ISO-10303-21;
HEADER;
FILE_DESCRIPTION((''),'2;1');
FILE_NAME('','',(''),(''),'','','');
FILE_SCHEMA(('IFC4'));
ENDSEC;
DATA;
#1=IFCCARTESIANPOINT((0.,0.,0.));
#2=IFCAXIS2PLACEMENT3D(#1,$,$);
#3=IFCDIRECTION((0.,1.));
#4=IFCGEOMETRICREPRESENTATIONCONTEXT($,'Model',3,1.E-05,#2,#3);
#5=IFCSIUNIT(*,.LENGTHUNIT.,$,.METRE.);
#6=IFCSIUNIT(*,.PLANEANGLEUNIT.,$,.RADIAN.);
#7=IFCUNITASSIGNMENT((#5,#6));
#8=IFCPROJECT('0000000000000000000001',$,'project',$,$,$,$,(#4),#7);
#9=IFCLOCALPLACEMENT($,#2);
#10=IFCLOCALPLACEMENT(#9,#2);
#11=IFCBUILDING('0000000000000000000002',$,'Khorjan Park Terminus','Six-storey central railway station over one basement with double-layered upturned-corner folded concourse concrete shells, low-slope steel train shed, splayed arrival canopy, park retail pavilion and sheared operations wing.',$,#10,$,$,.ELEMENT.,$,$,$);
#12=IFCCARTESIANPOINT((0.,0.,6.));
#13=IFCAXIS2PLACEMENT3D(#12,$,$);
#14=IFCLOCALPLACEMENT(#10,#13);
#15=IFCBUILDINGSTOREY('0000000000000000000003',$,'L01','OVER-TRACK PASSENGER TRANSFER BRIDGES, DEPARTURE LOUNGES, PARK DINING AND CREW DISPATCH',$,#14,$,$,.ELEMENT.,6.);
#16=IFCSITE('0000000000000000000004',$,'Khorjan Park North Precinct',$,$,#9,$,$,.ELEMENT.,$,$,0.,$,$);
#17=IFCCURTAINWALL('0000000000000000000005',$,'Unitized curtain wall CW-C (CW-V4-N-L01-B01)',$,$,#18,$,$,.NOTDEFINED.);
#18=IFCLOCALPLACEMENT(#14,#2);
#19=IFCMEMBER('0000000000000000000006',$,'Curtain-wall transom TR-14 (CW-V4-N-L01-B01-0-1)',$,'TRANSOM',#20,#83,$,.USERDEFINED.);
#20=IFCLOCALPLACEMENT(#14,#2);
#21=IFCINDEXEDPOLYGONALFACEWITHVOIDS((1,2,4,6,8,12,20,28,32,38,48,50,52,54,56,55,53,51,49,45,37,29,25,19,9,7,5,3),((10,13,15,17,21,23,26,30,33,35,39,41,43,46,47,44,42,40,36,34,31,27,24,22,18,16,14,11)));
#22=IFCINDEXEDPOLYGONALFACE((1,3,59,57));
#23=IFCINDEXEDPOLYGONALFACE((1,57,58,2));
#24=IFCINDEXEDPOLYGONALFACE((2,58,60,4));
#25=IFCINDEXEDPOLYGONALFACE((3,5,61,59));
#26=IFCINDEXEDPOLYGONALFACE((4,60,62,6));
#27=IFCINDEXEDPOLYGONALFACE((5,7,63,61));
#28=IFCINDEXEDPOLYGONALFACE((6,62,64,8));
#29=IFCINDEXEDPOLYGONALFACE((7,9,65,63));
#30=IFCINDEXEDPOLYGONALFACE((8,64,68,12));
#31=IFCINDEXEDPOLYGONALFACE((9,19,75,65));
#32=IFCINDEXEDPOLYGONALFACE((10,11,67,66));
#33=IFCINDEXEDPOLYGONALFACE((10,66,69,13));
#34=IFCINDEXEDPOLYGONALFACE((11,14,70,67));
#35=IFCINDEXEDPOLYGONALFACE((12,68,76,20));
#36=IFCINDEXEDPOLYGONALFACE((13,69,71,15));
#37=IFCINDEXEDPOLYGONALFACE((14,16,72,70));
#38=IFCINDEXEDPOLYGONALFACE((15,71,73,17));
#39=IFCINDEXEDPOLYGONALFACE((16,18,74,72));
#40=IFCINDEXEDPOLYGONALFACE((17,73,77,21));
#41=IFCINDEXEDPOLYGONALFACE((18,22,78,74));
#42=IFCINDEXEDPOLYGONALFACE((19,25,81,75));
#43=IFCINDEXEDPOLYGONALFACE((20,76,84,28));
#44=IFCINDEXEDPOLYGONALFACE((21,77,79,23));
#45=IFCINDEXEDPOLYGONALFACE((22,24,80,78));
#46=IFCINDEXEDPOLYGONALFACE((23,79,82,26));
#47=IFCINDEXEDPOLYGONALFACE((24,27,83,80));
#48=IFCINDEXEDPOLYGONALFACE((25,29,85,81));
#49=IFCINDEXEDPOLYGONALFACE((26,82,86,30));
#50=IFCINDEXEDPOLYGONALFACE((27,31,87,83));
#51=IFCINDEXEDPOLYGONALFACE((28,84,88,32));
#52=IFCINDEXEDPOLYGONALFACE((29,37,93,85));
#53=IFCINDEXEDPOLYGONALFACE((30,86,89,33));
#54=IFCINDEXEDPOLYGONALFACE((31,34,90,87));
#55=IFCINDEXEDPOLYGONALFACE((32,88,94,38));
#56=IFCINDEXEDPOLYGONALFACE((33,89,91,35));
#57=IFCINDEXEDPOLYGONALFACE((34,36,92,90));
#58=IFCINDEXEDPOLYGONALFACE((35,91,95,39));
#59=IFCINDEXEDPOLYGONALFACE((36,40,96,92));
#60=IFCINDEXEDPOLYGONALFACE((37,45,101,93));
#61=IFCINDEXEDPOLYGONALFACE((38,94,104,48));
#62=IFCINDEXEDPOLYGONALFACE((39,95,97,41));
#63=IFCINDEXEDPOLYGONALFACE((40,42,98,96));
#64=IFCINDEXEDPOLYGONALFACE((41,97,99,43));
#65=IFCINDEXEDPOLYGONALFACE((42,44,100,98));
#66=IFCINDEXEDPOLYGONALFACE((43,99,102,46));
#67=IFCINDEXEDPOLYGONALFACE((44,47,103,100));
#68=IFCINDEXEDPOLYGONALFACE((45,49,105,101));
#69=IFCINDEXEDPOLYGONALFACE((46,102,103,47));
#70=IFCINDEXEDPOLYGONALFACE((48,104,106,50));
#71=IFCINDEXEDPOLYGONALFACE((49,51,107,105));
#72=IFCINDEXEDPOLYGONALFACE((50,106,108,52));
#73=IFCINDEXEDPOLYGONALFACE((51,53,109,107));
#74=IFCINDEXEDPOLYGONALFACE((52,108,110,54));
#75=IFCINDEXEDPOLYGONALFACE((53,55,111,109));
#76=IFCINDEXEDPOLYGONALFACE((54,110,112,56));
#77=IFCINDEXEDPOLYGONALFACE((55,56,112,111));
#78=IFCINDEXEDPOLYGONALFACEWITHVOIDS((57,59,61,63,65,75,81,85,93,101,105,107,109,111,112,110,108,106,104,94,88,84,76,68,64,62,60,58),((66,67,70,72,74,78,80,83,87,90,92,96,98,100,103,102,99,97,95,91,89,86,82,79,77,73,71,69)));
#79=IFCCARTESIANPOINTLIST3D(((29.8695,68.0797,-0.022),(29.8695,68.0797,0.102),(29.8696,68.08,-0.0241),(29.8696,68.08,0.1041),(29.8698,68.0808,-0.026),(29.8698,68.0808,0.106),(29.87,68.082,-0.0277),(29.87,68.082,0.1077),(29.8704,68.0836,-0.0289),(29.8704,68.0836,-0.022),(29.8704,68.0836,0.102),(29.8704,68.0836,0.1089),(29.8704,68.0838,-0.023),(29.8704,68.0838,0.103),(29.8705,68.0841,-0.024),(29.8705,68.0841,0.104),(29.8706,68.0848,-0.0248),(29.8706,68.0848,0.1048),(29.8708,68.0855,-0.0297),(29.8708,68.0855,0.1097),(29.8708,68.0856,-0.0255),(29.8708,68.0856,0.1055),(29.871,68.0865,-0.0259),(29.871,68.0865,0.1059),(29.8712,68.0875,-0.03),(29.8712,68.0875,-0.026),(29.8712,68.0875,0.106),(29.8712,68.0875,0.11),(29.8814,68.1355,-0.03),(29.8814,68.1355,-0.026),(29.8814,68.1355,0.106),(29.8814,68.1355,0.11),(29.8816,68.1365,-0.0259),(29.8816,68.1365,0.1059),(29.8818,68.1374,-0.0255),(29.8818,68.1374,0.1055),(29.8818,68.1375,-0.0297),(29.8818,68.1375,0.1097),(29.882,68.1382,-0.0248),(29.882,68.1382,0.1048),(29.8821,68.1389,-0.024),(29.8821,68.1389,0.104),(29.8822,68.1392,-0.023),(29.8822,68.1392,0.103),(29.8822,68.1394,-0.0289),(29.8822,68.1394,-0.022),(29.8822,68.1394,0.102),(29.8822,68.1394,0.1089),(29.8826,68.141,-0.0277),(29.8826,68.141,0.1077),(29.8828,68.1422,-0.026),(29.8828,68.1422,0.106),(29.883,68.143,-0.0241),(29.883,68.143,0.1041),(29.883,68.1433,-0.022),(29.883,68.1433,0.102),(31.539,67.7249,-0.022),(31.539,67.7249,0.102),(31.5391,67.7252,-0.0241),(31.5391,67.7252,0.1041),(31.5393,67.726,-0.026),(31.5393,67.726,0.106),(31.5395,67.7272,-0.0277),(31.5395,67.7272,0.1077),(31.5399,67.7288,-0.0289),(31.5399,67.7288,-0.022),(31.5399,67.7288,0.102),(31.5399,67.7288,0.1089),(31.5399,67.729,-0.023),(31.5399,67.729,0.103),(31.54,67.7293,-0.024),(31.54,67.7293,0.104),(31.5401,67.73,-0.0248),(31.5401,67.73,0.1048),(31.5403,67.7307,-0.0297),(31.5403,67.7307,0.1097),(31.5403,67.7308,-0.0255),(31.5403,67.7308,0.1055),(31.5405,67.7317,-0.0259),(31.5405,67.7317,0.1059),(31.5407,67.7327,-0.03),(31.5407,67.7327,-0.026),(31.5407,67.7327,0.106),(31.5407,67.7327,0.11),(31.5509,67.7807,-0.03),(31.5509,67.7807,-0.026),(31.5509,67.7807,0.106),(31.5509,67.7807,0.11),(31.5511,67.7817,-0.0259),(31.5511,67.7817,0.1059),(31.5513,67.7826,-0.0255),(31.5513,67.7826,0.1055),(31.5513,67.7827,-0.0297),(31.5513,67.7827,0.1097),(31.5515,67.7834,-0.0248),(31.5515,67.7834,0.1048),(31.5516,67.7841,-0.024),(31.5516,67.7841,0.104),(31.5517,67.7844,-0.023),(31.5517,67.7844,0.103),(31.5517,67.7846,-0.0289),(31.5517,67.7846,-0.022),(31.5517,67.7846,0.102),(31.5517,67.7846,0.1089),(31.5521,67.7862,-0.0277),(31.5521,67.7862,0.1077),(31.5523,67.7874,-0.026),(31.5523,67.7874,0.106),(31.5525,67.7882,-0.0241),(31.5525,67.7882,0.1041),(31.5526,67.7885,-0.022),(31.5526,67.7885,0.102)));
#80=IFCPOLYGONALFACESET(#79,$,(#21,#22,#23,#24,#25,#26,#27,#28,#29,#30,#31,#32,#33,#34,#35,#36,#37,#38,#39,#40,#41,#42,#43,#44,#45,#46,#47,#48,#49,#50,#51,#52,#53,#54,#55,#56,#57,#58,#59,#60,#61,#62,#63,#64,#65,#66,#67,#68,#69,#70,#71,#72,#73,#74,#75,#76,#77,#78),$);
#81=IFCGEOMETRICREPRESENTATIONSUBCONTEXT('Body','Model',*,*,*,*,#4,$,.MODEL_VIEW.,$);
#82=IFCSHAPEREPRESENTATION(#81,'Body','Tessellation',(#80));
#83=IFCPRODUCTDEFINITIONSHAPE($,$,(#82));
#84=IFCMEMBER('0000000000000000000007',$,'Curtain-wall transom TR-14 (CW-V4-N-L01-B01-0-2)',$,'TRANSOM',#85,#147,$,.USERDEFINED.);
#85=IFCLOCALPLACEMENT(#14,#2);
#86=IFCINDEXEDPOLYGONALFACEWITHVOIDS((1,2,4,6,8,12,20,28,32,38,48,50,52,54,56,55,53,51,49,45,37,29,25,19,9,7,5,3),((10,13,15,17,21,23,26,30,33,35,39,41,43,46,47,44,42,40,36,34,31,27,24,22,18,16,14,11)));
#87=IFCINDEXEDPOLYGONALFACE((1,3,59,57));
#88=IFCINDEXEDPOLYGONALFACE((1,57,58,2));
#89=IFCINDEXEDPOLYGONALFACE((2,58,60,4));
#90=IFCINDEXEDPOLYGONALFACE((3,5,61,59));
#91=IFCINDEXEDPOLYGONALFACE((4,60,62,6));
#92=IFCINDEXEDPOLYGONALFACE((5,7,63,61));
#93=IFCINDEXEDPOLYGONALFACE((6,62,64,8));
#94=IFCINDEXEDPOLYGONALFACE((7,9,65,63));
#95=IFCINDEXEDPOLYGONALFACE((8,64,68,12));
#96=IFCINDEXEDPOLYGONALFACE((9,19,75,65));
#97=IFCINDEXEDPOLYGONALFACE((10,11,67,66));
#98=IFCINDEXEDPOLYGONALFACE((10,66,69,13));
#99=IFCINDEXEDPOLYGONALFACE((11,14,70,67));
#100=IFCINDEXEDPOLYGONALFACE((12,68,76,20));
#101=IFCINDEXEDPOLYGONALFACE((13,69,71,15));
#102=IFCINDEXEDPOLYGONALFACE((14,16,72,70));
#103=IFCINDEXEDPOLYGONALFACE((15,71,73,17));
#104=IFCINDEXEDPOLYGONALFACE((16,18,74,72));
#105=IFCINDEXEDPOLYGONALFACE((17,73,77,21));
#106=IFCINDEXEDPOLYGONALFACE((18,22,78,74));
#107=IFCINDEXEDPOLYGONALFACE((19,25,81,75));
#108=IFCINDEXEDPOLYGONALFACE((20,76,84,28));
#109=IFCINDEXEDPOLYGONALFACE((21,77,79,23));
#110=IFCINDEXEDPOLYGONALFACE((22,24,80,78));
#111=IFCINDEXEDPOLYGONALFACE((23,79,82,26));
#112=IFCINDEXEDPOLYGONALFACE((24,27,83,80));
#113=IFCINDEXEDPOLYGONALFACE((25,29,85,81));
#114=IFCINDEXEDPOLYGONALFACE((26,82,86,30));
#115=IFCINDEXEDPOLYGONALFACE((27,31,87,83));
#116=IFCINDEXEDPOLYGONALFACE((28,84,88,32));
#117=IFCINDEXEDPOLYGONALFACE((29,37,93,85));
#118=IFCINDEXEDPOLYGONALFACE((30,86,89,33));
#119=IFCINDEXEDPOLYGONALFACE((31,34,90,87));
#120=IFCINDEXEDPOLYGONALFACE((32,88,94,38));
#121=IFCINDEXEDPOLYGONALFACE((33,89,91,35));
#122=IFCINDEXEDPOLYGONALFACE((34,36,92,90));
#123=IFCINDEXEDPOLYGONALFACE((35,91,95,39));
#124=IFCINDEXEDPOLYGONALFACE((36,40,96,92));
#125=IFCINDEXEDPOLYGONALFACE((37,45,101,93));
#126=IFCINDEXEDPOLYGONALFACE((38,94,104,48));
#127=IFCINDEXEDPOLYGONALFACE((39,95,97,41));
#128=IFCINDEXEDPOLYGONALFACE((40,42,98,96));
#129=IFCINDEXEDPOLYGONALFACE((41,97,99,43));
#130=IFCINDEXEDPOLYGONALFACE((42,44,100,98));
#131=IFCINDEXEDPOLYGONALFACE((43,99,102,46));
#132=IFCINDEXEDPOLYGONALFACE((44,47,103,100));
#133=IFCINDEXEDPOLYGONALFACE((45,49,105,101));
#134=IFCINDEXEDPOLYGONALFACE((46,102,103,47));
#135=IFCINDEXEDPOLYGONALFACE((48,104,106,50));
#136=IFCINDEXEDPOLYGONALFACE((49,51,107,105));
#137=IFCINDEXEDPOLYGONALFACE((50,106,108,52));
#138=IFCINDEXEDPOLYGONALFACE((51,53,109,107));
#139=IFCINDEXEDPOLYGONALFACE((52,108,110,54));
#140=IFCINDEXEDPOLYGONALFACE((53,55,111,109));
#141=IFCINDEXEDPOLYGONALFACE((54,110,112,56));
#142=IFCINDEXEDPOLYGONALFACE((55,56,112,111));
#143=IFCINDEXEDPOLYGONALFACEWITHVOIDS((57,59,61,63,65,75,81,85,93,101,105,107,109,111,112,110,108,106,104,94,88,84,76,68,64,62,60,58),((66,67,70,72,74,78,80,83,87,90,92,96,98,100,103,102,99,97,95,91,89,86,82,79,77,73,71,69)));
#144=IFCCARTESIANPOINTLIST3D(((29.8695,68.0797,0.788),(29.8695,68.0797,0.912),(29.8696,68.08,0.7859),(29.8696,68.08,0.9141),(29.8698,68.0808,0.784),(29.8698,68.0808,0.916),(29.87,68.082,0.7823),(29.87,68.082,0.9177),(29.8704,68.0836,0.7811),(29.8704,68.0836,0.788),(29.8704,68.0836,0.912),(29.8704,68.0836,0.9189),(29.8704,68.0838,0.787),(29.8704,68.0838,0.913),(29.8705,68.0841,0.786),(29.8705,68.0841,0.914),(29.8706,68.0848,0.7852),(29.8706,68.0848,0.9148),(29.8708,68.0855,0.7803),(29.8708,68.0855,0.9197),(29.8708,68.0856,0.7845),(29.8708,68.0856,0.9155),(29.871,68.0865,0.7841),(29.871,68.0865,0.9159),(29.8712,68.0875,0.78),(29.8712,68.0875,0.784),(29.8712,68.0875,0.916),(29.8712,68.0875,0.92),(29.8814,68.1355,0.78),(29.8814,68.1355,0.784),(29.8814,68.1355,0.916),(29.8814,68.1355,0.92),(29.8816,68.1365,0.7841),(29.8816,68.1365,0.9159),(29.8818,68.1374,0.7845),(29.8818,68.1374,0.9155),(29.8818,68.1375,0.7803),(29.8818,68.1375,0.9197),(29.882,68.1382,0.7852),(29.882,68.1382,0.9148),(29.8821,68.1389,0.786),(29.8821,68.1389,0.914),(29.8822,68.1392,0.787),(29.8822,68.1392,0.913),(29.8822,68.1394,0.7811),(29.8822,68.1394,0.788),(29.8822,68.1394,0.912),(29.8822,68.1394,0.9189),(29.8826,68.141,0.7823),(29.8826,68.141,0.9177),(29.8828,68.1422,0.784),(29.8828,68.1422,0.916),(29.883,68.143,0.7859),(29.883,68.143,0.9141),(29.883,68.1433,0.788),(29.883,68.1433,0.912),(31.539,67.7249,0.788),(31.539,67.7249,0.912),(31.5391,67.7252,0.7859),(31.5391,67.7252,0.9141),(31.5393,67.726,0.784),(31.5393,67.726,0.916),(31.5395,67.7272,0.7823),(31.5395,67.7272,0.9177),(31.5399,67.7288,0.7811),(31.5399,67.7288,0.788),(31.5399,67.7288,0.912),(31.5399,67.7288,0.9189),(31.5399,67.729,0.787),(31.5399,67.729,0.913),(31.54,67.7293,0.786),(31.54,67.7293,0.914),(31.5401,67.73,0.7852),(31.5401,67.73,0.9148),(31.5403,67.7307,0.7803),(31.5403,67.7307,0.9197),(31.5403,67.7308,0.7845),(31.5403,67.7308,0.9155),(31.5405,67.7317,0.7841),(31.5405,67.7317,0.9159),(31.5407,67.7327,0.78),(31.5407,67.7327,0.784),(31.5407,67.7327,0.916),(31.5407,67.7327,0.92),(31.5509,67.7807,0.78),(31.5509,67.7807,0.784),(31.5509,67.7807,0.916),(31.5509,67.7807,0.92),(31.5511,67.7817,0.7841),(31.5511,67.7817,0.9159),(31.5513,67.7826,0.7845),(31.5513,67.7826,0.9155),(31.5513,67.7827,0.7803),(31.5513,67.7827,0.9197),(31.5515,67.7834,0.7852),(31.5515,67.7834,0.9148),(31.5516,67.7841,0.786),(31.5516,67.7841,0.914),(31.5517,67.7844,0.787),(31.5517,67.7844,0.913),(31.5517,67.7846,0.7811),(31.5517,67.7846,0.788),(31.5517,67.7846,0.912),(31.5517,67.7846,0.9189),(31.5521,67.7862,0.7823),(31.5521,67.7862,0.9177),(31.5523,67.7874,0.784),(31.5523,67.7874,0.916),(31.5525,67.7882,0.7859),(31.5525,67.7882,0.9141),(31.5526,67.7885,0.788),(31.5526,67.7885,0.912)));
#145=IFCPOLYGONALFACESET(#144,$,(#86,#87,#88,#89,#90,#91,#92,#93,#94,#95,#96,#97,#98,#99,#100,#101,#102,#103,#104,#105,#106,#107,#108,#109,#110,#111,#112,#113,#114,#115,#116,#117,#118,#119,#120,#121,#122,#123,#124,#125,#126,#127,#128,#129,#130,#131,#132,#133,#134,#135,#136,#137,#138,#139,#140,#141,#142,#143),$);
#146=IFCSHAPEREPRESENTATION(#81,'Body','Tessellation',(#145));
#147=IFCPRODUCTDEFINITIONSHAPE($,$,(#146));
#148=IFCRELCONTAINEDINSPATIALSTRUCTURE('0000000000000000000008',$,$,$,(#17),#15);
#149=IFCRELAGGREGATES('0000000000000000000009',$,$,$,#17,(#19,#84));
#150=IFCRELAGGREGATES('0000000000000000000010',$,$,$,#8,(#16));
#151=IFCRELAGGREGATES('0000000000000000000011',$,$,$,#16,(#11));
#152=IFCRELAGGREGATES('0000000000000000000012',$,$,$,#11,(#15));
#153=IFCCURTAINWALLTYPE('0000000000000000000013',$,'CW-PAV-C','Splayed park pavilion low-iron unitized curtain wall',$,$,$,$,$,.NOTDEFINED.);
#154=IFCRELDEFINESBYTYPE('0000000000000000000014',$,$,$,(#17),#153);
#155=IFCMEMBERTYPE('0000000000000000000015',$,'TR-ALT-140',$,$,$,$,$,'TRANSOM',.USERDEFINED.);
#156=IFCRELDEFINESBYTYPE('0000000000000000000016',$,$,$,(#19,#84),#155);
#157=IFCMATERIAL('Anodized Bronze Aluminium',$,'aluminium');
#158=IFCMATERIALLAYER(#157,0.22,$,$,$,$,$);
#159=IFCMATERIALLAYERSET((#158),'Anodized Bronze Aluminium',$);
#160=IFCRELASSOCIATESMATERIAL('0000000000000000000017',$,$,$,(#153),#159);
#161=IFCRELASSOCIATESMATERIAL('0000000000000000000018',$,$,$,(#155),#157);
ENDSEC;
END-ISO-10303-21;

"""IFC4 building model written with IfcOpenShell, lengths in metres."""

from ifc_helpers import new_model, si_unit, direction, frame, origin, origin_2d, place, context, subcontext, project, spatial, hollow_rectangle, extrude, material, layer, layer_set, material_profile, profile_set, type_object, element, aggregate, save


model = new_model("IFC4")

# Units and contexts
model_context = context("Model", 3, precision=1e-05, world=origin(), true_north=direction((0.0, 1.0)))
body_context = subcontext(model_context, "Body", "Model", "MODEL_VIEW")
ifc_project = project(units=[si_unit("LENGTHUNIT", "METRE"), si_unit("PLANEANGLEUNIT", "RADIAN")], contexts=[model_context])

# Site, building, storey
site_placement = place(None, origin())
site = spatial("IfcSite", under=ifc_project, at=site_placement, Name="Khorjan Park North Precinct", CompositionType="ELEMENT", RefElevation=0.0)
building_placement = place(site_placement, origin())
building = spatial("IfcBuilding", under=site, at=building_placement, Name="Khorjan Park Terminus", Description="Six-storey central railway station over one basement with double-layered upturned-corner folded concourse concrete shells, low-slope steel train shed, splayed arrival canopy, park retail pavilion and sheared operations wing.", CompositionType="ELEMENT")
storey_placement = place(building_placement, frame((0.0, 0.0, 6.0)))
storey = spatial("IfcBuildingStorey", under=building, at=storey_placement, Name="L01", Description="OVER-TRACK PASSENGER TRANSFER BRIDGES, DEPARTURE LOUNGES, PARK DINING AND CREW DISPATCH", CompositionType="ELEMENT", Elevation=6.0)

# Curtain wall, members
ifc_material_1 = material(Name="Anodized Bronze Aluminium", Category="aluminium")
ifc_layer_1 = layer(ifc_material_1, 0.22)
ifc_layer_set_1 = layer_set([ifc_layer_1], Name="Anodized Bronze Aluminium")
curtain_wall_type = type_object("IfcCurtainWallType", Name="CW-PAV-C", Description="Splayed park pavilion low-iron unitized curtain wall", PredefinedType="NOTDEFINED", material=ifc_layer_set_1)
curtain_wall_1_placement = place(storey_placement, origin())
curtain_wall_1 = element("IfcCurtainWall", 1, at=curtain_wall_1_placement, inside=storey, type_object=curtain_wall_type, Name="Unitized curtain wall CW-C (CW-V4-N-L01-B01)", PredefinedType="NOTDEFINED")
ifc_material_profile_1 = material_profile(ifc_material_1, hollow_rectangle(XDim=0.065, YDim=0.14, WallThickness=0.004, InnerFilletRadius=0.004, OuterFilletRadius=0.008, at=origin_2d()), Name="ALT 65x140x4")
ifc_profile_set_1 = profile_set([ifc_material_profile_1], Name="Anodized Bronze Aluminium")
member_type_1 = type_object("IfcMemberType", Name="TR-ALT-140", ElementType="TRANSOM", PredefinedType="USERDEFINED", material=ifc_profile_set_1)
member_1_placement = place(storey_placement, frame((31.5458, 67.7567, 0.04), z_axis=(-0.978155, 0.207876, 0.0), x_axis=(-0.207876, -0.978155, 0.0)))
member_1 = element("IfcMember", 2, at=member_1_placement, type_object=member_type_1, Name="Curtain-wall transom TR-14 (CW-V4-N-L01-B01-0-1)", ObjectType="TRANSOM", PredefinedType="USERDEFINED", context=body_context, shape_type="SweptSolid", body=[
    extrude(hollow_rectangle(XDim=0.065, YDim=0.14, WallThickness=0.004, InnerFilletRadius=0.004, OuterFilletRadius=0.008, at=origin_2d()), origin(), (0.0, 0.0, 1.0), 1.7068),
])
member_2_placement = place(storey_placement, frame((31.5458, 67.7567, 0.85), z_axis=(-0.978155, 0.207876, 0.0), x_axis=(-0.207876, -0.978155, 0.0)))
member_2 = element("IfcMember", 3, at=member_2_placement, type_object=member_type_1, Name="Curtain-wall transom TR-14 (CW-V4-N-L01-B01-0-2)", ObjectType="TRANSOM", PredefinedType="USERDEFINED", context=body_context, shape_type="SweptSolid", body=[
    extrude(hollow_rectangle(XDim=0.065, YDim=0.14, WallThickness=0.004, InnerFilletRadius=0.004, OuterFilletRadius=0.008, at=origin_2d()), origin(), (0.0, 0.0, 1.0), 1.7068),
])

aggregate(curtain_wall_1, [member_1, member_2])

save(model, "model.ifc")
